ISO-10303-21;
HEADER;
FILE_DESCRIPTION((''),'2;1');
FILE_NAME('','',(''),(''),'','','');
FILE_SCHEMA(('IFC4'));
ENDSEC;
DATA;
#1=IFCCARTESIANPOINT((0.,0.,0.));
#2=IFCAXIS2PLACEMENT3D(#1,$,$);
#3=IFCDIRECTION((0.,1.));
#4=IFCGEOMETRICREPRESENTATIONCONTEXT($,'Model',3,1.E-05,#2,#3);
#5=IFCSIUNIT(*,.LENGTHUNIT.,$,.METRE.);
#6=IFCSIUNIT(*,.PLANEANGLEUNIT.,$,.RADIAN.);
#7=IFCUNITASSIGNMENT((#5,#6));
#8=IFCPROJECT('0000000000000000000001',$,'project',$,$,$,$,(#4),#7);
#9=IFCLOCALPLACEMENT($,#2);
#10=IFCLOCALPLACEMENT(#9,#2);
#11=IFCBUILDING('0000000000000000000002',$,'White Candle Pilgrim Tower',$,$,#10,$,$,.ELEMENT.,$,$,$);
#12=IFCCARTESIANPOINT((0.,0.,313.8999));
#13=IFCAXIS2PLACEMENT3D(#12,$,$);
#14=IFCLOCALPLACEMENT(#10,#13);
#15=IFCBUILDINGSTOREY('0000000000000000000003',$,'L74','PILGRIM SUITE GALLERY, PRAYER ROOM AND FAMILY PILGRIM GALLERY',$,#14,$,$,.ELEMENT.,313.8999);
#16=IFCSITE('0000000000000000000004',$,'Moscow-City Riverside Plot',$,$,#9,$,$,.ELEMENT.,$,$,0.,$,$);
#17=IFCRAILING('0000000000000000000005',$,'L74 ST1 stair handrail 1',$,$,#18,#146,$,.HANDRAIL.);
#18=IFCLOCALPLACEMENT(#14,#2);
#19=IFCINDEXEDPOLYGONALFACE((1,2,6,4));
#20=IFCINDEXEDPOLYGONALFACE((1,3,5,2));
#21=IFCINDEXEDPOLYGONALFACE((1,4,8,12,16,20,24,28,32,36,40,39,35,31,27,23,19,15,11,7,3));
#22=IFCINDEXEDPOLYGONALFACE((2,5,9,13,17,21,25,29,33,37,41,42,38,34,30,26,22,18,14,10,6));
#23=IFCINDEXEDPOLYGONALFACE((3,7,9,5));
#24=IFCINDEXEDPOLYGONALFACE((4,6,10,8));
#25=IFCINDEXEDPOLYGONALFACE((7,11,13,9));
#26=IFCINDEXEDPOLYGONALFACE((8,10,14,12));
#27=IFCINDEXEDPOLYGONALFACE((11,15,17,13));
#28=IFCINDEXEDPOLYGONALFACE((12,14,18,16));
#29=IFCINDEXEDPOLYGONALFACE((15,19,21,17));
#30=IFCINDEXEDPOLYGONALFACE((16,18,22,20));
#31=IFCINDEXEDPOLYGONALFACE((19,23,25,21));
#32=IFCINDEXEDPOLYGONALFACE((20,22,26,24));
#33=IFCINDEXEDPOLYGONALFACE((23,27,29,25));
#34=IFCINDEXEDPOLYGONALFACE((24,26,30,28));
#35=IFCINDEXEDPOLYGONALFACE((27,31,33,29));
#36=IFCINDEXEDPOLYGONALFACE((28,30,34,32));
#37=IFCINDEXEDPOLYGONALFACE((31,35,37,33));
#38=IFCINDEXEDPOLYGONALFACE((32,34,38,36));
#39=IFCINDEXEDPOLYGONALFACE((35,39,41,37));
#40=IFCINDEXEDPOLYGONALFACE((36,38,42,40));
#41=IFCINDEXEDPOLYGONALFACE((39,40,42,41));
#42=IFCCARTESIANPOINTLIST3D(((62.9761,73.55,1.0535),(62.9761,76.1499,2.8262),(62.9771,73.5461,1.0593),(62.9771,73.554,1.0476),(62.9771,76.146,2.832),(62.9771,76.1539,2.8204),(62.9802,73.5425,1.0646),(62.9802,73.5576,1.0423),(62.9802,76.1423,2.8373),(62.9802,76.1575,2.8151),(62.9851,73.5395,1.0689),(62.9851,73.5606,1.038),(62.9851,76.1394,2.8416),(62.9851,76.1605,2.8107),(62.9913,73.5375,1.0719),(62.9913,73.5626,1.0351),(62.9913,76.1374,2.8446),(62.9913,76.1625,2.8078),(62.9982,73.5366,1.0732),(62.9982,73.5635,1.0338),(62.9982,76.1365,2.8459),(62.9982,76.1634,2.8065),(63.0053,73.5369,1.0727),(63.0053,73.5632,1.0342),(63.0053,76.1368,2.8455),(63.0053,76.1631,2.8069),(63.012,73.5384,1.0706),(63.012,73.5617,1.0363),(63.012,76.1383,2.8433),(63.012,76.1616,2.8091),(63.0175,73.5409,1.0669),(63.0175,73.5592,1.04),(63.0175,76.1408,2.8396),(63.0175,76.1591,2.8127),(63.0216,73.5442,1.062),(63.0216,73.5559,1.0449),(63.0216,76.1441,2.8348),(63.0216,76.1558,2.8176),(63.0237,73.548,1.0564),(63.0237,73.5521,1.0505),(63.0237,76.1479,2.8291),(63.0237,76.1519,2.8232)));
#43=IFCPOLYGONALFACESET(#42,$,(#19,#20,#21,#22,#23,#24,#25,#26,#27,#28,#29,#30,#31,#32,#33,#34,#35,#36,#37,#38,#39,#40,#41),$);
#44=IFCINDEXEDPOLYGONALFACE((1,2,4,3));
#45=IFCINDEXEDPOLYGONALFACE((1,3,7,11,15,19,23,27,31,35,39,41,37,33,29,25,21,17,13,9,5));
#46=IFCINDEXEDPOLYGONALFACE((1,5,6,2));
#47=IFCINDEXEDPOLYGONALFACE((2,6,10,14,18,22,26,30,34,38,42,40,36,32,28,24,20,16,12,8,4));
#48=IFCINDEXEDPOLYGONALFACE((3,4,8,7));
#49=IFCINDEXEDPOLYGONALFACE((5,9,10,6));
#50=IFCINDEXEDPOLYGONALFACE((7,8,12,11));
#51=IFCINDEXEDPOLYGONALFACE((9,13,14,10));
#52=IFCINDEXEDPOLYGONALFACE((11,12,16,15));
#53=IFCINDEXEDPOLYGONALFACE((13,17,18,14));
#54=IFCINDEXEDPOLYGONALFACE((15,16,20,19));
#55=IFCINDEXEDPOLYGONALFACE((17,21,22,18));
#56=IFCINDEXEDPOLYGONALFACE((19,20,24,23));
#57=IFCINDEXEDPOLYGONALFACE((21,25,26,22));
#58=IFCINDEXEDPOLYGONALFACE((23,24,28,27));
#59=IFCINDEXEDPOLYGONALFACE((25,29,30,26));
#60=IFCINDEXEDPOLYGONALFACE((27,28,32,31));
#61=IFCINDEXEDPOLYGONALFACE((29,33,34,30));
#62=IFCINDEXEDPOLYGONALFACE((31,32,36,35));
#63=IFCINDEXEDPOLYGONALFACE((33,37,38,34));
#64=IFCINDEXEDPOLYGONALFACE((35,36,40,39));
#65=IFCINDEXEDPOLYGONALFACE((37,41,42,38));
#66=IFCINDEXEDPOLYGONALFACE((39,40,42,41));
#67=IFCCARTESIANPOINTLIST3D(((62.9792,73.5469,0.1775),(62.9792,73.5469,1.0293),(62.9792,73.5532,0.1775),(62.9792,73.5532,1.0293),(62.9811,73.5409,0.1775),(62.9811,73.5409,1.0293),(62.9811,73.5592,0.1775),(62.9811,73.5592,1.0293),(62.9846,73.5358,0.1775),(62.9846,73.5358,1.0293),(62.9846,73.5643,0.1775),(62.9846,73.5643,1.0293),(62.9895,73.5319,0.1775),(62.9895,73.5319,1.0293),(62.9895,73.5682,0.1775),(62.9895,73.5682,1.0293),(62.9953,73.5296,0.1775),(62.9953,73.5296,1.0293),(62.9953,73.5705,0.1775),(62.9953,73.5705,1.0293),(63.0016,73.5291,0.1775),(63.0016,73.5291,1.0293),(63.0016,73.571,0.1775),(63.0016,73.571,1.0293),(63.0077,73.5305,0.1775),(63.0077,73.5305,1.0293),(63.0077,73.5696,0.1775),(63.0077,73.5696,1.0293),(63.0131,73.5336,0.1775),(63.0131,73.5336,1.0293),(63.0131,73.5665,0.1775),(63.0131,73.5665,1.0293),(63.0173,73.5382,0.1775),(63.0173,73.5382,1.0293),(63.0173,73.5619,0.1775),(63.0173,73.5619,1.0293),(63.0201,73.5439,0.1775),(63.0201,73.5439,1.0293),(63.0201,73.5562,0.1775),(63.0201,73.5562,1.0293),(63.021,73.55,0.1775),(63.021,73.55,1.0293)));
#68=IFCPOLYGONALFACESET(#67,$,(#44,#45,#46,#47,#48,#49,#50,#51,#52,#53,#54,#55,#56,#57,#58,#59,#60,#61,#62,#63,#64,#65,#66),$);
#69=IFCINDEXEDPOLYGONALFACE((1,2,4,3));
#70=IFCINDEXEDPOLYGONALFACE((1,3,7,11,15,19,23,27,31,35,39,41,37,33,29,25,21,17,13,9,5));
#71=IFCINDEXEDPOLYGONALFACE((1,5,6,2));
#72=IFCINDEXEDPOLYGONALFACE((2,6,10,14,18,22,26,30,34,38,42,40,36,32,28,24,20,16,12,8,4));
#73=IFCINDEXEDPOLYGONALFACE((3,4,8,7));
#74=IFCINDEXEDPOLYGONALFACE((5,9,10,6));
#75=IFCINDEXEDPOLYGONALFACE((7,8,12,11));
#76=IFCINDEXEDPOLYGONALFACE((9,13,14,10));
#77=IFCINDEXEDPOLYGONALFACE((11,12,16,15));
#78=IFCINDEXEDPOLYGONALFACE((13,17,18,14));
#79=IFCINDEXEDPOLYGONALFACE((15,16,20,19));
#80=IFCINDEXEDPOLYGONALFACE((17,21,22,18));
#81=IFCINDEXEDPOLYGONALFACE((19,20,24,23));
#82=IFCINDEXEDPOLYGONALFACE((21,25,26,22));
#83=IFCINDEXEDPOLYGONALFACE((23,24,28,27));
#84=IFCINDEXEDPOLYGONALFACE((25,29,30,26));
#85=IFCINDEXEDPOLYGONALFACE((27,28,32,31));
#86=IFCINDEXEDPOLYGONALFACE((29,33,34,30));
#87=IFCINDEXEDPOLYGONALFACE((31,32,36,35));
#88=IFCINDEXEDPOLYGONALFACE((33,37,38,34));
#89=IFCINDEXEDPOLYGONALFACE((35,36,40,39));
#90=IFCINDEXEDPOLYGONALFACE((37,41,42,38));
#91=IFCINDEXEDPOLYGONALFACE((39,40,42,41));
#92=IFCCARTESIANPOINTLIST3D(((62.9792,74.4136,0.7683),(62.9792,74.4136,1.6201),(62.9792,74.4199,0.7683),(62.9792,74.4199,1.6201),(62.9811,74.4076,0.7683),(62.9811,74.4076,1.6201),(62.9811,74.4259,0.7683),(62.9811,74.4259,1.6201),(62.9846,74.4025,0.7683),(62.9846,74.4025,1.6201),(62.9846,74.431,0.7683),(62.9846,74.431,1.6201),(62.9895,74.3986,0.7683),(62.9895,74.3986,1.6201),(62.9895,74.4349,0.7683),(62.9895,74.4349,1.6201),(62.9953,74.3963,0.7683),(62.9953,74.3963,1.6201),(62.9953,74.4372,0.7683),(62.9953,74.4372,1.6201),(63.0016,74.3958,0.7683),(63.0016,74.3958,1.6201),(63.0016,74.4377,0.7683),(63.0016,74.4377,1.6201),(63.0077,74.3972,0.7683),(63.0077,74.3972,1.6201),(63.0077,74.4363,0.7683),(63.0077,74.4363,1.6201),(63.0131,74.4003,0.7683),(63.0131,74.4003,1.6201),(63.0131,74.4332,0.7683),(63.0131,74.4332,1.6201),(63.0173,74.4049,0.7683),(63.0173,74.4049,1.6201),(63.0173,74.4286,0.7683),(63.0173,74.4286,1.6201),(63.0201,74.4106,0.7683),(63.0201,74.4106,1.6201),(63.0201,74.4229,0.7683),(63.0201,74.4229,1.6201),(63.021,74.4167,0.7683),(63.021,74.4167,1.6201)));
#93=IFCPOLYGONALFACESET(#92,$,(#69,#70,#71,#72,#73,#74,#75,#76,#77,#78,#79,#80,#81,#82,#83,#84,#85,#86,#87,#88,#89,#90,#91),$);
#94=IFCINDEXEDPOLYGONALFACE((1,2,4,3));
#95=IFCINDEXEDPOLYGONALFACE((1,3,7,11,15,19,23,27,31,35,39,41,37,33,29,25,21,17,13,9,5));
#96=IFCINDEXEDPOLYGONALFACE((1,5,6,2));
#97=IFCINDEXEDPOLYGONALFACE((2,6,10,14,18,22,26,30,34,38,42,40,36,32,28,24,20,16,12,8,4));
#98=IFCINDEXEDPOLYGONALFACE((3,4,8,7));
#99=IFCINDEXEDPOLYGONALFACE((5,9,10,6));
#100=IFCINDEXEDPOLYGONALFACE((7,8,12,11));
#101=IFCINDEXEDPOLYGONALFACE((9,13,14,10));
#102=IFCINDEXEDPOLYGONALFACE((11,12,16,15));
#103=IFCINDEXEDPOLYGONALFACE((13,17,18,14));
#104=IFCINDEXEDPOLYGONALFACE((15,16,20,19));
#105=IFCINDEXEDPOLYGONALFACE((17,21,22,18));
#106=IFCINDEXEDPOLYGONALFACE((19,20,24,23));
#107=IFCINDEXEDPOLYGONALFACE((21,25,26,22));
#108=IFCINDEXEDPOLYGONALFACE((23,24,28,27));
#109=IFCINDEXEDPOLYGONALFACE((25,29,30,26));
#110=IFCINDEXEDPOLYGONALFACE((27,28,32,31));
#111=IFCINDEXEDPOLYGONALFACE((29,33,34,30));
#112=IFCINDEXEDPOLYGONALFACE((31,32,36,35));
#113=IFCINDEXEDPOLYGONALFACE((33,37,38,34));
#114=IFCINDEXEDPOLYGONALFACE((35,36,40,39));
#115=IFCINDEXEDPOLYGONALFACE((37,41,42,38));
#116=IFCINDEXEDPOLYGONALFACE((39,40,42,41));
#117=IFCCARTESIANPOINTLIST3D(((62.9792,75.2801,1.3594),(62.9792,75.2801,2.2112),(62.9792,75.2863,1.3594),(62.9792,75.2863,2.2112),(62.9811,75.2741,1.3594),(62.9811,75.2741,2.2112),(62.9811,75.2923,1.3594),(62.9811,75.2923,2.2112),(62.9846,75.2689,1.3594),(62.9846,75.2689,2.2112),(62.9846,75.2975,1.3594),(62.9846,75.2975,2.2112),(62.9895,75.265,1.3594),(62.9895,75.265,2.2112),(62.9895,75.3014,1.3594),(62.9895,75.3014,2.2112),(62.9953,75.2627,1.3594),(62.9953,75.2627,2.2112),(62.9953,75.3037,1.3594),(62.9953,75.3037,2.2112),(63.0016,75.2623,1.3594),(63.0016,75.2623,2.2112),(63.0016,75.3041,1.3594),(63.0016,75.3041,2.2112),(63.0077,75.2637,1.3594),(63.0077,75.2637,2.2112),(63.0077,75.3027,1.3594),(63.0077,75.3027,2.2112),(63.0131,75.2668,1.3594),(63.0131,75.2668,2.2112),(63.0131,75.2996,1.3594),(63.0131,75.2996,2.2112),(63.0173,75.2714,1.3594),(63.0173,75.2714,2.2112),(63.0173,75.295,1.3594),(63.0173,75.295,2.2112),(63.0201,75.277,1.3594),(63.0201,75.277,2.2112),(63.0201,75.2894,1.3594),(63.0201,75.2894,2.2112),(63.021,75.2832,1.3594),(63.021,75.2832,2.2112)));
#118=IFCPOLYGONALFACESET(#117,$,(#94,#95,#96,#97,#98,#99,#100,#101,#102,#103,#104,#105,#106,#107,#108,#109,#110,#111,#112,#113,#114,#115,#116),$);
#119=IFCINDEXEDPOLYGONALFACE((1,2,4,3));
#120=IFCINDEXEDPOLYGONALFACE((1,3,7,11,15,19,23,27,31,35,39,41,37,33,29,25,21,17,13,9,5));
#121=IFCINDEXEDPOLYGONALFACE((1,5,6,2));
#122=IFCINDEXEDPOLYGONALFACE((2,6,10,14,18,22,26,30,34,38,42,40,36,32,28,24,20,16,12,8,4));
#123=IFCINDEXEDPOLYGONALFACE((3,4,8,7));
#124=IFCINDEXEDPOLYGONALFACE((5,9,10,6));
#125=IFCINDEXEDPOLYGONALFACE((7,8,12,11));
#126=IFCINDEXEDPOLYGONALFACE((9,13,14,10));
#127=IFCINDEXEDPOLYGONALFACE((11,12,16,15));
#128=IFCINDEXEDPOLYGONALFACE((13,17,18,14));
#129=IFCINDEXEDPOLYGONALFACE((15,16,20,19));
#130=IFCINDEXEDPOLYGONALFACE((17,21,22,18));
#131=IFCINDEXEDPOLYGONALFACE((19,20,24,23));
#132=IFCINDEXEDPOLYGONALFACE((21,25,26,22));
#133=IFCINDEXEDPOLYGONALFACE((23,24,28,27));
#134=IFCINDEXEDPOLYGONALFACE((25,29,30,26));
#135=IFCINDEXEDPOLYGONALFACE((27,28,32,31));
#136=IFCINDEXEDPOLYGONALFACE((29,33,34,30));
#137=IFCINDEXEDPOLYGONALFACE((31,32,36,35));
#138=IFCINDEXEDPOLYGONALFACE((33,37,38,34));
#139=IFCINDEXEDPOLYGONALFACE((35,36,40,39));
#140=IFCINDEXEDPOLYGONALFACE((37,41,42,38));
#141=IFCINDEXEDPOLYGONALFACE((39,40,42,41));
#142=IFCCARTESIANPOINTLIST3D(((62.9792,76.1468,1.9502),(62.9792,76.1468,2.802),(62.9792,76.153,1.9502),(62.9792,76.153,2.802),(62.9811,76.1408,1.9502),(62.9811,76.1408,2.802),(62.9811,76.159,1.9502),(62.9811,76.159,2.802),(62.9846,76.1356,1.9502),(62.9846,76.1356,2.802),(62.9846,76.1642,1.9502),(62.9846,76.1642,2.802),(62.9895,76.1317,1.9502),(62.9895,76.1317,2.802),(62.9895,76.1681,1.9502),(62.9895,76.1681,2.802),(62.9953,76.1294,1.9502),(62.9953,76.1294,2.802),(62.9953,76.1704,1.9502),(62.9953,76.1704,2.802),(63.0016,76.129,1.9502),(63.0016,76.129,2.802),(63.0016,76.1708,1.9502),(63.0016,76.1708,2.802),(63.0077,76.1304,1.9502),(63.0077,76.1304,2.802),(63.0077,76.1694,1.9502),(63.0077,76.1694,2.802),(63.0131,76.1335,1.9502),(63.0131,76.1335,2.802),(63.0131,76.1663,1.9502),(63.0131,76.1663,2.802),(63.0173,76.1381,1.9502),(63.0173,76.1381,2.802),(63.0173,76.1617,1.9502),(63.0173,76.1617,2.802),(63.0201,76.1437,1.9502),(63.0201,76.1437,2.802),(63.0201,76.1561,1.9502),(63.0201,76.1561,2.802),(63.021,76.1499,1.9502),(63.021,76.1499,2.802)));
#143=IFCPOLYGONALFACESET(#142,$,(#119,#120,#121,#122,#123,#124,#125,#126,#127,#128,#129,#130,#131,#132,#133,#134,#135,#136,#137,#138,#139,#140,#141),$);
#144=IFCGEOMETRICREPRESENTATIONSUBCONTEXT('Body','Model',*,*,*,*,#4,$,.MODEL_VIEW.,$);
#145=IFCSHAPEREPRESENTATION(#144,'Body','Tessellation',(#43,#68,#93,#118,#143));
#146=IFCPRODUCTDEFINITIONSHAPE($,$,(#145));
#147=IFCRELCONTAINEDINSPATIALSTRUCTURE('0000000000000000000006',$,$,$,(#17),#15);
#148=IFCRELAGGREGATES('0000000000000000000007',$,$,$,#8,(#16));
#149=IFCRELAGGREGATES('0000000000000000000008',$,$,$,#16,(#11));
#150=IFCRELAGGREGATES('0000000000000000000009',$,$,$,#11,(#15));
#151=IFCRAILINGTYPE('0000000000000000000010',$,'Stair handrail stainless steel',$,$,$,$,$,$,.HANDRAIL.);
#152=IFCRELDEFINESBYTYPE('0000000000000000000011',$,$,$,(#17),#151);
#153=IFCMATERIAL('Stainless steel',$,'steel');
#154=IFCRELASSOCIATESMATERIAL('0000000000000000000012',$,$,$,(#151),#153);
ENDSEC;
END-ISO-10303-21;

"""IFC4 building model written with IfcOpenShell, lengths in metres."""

from ifc_helpers import new_model, si_unit, direction, frame, origin, origin_2d, place, context, subcontext, project, spatial, circle, extrude, material, type_object, element, save


model = new_model("IFC4")

# Units and contexts
model_context = context("Model", 3, precision=1e-05, world=origin(), true_north=direction((0.0, 1.0)))
body_context = subcontext(model_context, "Body", "Model", "MODEL_VIEW")
ifc_project = project(units=[si_unit("LENGTHUNIT", "METRE"), si_unit("PLANEANGLEUNIT", "RADIAN")], contexts=[model_context])

# Site, building, storey
site_placement = place(None, origin())
site = spatial("IfcSite", under=ifc_project, at=site_placement, Name="Moscow-City Riverside Plot", CompositionType="ELEMENT", RefElevation=0.0)
building_placement = place(site_placement, origin())
building = spatial("IfcBuilding", under=site, at=building_placement, Name="White Candle Pilgrim Tower", CompositionType="ELEMENT")
storey_placement = place(building_placement, frame((0.0, 0.0, 313.8999)))
storey = spatial("IfcBuildingStorey", under=building, at=storey_placement, Name="L74", Description="PILGRIM SUITE GALLERY, PRAYER ROOM AND FAMILY PILGRIM GALLERY", CompositionType="ELEMENT", Elevation=313.8999)

# Railing
ifc_material_1 = material(Name="Stainless steel", Category="steel")
railing_type_1 = type_object("IfcRailingType", Name="Stair handrail stainless steel", PredefinedType="HANDRAIL", material=ifc_material_1)
railing_1_placement = place(storey_placement, frame((63.0, 73.55, 0.1775)))
element("IfcRailing", 1, at=railing_1_placement, inside=storey, type_object=railing_type_1, Name="L74 ST1 stair handrail 1", PredefinedType="HANDRAIL", context=body_context, shape_type="SweptSolid", body=[
    extrude(circle(Radius=0.0239, at=origin_2d()), frame((0.0, 0.0, 0.876), z_axis=(0.0, 0.826216, 0.563354), x_axis=(-1.0, 0.0, 0.0)), (0.0, 0.0, 1.0), 3.1467),
    extrude(circle(Radius=0.021, at=origin_2d()), origin(), (0.0, 0.0, 1.0), 0.8518),
    extrude(circle(Radius=0.021, at=origin_2d()), frame((0.0, 0.8667, 0.5908)), (0.0, 0.0, 1.0), 0.8518),
    extrude(circle(Radius=0.021, at=origin_2d()), frame((0.0, 1.7332, 1.1819)), (0.0, 0.0, 1.0), 0.8518),
    extrude(circle(Radius=0.021, at=origin_2d()), frame((0.0, 2.5999, 1.7727)), (0.0, 0.0, 1.0), 0.8518),
])

save(model, "model.ifc")
